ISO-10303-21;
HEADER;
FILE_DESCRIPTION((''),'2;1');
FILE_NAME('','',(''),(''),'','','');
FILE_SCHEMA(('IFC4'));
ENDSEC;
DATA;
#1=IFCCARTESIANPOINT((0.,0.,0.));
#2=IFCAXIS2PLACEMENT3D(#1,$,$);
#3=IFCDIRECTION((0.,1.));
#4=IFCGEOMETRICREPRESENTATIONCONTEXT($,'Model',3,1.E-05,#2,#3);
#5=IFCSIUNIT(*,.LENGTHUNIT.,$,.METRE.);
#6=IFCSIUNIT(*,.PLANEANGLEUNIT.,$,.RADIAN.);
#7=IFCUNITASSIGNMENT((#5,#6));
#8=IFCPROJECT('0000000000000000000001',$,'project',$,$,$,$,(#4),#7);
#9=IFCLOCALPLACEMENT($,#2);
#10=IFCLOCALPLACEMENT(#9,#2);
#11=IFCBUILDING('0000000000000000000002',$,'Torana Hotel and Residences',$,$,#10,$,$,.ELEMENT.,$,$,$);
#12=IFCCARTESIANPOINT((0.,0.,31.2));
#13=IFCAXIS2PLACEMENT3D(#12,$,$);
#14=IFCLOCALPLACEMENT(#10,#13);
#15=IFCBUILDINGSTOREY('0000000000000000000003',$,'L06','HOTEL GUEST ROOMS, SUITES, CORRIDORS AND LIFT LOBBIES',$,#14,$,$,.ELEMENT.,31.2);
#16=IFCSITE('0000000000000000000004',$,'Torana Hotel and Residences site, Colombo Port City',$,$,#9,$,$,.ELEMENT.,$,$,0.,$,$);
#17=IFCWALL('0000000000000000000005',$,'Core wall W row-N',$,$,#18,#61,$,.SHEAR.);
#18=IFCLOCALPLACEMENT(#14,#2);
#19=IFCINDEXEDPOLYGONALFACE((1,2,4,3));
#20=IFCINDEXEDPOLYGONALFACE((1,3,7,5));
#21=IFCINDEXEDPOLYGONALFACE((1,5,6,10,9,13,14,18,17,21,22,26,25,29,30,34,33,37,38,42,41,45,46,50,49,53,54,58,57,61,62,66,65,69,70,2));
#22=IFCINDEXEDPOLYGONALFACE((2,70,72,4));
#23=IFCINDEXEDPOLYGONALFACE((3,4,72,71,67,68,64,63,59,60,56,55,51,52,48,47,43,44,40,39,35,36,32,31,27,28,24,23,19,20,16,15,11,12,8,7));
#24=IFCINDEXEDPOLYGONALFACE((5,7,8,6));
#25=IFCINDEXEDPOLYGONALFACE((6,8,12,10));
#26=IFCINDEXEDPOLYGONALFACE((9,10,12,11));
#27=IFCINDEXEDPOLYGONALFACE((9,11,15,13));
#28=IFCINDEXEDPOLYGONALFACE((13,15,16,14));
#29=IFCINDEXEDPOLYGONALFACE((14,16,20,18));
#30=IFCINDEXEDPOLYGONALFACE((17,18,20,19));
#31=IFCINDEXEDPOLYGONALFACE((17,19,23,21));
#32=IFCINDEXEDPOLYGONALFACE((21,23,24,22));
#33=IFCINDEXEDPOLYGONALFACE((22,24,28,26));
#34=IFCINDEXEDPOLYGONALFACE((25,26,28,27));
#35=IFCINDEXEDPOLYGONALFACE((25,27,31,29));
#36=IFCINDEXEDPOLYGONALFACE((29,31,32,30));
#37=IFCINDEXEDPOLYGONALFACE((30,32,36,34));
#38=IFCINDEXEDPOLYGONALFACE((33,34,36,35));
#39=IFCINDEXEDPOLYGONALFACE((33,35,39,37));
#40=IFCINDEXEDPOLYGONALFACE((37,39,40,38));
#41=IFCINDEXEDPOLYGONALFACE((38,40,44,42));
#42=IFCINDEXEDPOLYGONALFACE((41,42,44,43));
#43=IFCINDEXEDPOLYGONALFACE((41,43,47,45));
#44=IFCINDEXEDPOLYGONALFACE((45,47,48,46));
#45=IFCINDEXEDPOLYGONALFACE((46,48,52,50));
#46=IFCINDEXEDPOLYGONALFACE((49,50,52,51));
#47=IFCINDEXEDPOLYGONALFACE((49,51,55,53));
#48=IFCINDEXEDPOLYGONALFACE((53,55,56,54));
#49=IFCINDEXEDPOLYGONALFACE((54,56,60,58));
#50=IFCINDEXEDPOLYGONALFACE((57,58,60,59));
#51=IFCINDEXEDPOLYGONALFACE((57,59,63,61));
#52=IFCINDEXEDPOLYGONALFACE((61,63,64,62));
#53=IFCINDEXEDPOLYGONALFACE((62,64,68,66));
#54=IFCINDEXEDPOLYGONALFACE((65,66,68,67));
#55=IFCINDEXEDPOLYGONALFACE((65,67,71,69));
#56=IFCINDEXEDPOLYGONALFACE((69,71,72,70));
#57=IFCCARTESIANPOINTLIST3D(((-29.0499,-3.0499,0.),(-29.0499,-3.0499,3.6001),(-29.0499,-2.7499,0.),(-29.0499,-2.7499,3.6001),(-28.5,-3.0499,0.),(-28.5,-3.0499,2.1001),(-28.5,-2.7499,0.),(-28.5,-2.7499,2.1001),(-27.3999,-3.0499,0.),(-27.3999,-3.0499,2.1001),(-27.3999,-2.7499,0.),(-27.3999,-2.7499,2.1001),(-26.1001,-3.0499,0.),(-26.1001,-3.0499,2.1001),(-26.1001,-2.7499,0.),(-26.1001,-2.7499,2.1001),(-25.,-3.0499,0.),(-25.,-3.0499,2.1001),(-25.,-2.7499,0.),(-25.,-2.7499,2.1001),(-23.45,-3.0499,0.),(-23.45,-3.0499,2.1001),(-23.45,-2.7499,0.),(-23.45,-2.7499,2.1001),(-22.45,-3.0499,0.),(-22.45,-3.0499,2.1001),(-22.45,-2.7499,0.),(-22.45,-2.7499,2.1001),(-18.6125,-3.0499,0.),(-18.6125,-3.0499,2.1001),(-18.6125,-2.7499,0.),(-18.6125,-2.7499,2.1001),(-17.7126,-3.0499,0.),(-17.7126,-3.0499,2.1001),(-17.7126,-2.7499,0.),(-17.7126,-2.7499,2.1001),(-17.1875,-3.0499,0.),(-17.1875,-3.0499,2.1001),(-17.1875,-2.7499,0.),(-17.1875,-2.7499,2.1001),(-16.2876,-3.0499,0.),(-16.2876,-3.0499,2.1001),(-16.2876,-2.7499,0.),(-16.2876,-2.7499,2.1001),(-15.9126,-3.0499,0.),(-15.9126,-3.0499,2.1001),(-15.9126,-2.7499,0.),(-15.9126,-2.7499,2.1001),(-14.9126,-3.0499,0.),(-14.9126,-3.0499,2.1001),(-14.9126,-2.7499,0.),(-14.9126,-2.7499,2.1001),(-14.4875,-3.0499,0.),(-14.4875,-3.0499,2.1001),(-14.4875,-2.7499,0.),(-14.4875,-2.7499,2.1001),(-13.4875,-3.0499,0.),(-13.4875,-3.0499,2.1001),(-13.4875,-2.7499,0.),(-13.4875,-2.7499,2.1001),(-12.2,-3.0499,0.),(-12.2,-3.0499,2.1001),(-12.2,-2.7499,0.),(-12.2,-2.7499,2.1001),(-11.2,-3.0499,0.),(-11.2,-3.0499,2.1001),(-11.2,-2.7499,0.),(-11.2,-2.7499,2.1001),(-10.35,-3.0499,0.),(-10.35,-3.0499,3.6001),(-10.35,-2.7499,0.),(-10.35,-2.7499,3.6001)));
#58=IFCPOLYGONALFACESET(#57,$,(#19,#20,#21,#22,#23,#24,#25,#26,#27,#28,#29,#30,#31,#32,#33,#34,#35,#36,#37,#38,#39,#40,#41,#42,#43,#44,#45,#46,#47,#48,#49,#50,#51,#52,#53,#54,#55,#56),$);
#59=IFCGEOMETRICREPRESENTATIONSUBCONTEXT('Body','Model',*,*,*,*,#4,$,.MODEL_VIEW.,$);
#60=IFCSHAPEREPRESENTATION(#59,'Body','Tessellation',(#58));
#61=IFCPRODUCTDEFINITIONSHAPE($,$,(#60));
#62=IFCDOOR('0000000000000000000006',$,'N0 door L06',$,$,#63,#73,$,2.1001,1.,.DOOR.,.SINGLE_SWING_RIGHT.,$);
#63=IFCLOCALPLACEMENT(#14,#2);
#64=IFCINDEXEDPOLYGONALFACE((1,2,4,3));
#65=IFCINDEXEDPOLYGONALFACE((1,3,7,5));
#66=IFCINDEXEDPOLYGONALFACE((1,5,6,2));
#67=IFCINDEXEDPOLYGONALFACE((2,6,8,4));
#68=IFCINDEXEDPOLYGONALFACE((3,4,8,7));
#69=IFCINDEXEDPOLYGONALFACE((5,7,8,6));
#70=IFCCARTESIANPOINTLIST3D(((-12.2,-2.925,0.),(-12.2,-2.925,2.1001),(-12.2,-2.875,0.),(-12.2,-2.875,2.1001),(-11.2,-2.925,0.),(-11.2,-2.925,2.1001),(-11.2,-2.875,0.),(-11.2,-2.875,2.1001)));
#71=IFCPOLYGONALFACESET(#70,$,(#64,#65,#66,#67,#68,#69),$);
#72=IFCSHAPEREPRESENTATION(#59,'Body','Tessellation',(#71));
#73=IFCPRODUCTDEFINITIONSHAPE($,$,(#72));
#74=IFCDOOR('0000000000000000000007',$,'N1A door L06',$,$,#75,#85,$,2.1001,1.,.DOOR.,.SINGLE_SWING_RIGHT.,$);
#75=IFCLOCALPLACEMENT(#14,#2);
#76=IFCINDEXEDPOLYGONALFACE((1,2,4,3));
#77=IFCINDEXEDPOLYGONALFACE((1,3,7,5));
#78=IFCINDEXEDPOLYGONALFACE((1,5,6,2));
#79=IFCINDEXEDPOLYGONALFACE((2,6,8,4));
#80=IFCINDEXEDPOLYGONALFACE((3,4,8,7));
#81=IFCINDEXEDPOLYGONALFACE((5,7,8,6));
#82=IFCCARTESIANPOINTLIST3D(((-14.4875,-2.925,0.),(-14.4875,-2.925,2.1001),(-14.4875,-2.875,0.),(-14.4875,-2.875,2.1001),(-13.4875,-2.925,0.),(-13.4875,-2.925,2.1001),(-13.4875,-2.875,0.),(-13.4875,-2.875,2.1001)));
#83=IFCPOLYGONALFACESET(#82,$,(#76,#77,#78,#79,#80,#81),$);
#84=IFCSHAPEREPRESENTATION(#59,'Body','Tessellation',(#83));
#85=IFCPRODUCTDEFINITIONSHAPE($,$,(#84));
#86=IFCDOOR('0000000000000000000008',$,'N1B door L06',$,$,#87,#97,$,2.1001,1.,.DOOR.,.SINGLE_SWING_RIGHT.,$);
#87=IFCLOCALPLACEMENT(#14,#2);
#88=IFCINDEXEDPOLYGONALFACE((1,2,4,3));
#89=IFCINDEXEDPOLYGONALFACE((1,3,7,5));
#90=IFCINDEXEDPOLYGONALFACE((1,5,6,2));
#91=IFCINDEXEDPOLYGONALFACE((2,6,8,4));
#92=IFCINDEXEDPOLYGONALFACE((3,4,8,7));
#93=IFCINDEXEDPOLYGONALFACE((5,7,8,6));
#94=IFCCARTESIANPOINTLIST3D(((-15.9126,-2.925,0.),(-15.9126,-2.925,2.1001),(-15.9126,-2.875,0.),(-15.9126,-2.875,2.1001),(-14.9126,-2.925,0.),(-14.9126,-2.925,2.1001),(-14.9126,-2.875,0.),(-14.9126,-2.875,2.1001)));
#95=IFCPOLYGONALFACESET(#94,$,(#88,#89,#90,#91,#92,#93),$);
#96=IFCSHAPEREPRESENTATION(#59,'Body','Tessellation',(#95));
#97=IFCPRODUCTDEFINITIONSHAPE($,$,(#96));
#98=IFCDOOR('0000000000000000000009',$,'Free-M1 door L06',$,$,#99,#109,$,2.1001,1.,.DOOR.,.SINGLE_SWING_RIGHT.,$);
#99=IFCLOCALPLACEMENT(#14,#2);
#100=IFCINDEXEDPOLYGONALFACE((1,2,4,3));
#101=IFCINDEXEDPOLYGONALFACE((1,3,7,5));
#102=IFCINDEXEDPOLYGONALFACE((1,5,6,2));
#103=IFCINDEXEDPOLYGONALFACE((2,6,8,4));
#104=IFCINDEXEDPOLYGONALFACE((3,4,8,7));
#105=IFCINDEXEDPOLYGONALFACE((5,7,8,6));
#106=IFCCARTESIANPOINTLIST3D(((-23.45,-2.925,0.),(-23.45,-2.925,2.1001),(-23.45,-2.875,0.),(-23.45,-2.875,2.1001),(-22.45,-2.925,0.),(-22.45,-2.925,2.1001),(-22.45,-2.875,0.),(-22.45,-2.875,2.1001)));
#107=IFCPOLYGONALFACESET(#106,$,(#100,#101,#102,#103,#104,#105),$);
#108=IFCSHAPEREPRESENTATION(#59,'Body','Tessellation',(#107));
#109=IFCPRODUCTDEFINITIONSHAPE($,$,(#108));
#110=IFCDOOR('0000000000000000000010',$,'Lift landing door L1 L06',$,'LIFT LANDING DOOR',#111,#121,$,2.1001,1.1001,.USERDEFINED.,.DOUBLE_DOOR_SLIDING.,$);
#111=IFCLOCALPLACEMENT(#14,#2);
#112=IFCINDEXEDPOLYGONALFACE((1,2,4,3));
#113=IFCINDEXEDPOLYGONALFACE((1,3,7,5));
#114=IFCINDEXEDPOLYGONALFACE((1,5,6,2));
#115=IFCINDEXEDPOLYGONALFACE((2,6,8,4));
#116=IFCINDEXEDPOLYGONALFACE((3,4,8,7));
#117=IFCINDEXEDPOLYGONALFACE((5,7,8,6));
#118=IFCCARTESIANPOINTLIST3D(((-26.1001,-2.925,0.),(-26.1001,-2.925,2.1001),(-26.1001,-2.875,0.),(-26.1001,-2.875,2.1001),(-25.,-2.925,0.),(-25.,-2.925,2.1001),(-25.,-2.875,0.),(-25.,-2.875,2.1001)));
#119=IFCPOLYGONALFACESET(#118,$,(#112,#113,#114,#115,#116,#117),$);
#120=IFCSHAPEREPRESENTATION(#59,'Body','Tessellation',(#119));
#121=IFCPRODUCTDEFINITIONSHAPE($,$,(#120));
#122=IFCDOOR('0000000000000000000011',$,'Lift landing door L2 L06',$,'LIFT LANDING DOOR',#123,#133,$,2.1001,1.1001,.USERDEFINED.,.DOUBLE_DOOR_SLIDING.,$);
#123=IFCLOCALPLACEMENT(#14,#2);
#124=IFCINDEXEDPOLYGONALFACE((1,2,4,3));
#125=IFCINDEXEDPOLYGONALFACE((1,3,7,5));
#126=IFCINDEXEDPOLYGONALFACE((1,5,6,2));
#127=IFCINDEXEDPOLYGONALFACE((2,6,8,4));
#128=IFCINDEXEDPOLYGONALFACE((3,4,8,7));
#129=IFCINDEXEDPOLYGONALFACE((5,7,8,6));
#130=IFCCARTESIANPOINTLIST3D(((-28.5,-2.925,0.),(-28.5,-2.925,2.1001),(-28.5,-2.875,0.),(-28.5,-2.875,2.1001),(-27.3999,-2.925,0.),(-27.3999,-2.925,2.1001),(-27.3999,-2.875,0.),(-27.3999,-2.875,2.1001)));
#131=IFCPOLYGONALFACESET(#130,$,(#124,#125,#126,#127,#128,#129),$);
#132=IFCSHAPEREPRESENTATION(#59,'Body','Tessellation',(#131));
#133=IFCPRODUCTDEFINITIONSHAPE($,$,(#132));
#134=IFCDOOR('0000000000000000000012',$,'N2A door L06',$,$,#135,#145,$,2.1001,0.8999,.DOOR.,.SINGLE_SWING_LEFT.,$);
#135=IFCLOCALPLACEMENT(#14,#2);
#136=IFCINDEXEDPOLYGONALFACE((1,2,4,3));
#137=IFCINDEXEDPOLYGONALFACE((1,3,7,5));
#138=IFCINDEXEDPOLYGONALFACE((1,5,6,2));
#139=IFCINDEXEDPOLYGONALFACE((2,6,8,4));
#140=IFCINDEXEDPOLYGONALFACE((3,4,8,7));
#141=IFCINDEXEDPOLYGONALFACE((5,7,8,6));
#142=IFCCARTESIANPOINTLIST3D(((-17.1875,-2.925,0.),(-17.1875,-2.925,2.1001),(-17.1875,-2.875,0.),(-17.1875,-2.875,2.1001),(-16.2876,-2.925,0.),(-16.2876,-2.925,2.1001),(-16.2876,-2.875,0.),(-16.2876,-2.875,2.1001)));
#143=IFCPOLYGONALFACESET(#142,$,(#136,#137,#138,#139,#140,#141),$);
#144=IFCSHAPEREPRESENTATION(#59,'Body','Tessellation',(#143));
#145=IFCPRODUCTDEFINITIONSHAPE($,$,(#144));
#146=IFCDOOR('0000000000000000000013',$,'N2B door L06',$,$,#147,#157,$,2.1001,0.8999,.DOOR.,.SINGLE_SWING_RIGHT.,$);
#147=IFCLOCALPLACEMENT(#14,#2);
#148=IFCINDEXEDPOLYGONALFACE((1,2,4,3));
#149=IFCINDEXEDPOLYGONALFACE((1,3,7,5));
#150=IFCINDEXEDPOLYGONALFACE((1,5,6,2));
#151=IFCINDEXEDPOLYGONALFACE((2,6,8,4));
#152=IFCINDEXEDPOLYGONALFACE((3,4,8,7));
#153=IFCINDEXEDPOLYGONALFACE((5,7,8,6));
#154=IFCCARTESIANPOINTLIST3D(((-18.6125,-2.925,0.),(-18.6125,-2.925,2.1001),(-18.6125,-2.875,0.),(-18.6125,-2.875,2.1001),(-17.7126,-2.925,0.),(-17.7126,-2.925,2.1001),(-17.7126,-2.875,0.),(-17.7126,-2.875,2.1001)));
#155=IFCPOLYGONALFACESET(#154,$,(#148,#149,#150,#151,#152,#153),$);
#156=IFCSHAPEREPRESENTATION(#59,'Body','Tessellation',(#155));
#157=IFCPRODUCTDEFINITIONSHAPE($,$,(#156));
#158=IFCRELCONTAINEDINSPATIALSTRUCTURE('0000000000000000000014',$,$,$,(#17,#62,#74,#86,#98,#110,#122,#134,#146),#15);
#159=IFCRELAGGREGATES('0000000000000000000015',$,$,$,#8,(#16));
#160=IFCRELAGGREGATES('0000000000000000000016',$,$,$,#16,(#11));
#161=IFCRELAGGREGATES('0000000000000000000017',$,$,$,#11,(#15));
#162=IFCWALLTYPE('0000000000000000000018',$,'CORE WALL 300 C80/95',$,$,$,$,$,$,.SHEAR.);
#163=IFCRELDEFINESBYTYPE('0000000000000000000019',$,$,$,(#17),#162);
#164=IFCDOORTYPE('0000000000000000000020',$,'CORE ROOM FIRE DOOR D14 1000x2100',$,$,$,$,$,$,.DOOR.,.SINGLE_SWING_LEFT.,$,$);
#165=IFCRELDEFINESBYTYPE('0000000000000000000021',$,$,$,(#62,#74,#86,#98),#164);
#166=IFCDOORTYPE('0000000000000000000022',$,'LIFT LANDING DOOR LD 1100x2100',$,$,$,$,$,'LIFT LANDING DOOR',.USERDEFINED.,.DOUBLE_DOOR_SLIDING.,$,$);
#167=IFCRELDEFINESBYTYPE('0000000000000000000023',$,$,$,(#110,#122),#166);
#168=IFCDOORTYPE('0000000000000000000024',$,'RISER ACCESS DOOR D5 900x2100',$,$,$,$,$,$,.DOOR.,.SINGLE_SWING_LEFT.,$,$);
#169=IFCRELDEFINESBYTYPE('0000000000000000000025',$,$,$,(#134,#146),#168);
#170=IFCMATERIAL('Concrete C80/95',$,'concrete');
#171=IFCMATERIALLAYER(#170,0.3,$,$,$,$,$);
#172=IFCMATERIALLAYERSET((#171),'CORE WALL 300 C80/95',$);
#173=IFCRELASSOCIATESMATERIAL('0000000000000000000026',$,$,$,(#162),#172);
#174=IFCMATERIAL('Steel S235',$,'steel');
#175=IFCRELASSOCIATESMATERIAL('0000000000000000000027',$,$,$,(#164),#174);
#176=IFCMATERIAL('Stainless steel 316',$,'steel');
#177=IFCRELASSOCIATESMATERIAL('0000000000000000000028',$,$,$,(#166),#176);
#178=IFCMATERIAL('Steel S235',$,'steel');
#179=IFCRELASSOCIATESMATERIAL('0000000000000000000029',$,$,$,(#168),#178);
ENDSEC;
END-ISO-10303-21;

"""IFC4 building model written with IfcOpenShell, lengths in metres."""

from ifc_helpers import new_model, si_unit, direction, frame, frame_2d, origin, place, context, subcontext, project, spatial, rectangle, extrude, material, layer, layer_set, type_object, element, fill, save


model = new_model("IFC4")

# Units and contexts
model_context = context("Model", 3, precision=1e-05, world=origin(), true_north=direction((0.0, 1.0)))
body_context = subcontext(model_context, "Body", "Model", "MODEL_VIEW")
ifc_project = project(units=[si_unit("LENGTHUNIT", "METRE"), si_unit("PLANEANGLEUNIT", "RADIAN")], contexts=[model_context])

# Site, building, storey
site_placement = place(None, origin())
site = spatial("IfcSite", under=ifc_project, at=site_placement, Name="Torana Hotel and Residences site, Colombo Port City", CompositionType="ELEMENT", RefElevation=0.0)
building_placement = place(site_placement, origin())
building = spatial("IfcBuilding", under=site, at=building_placement, Name="Torana Hotel and Residences", CompositionType="ELEMENT")
storey_placement = place(building_placement, frame((0.0, 0.0, 31.2)))
storey = spatial("IfcBuildingStorey", under=building, at=storey_placement, Name="L06", Description="HOTEL GUEST ROOMS, SUITES, CORRIDORS AND LIFT LOBBIES", CompositionType="ELEMENT", Elevation=31.2)

# Wall, openings, doors
ifc_material_1 = material(Name="Concrete C80/95", Category="concrete")
ifc_layer_1 = layer(ifc_material_1, 0.3)
ifc_layer_set_1 = layer_set([ifc_layer_1], Name="CORE WALL 300 C80/95")
wall_type_1 = type_object("IfcWallType", Name="CORE WALL 300 C80/95", PredefinedType="SHEAR", material=ifc_layer_set_1)
wall_1_placement = place(storey_placement, frame((-29.05, -2.8999, 0.0), z_axis=(0.0, 0.0, 1.0), x_axis=(1.0, 0.0, 0.0)))
wall_1 = element("IfcWall", 1, at=wall_1_placement, inside=storey, type_object=wall_type_1, Name="Core wall W row-N", PredefinedType="SHEAR", context=body_context, shape_type="SweptSolid", body=[
    extrude(rectangle(XDim=18.7, YDim=0.3, at=frame_2d((9.3501, 0.0))), origin(), (0.0, 0.0, 1.0), 3.6001),
])
opening_1_placement = place(wall_1_placement, frame((2.95, 0.0, 0.0)))
opening_1 = element("IfcOpeningElement", 2, at=opening_1_placement, cuts=wall_1, PredefinedType="OPENING", context=body_context, shape_type="SweptSolid", body=[
    extrude(rectangle(XDim=1.1001, YDim=2.1001, at=frame_2d((0.55, 1.05))), frame((0.0, 0.1599, 0.0), z_axis=(0.0, -1.0, 0.0), x_axis=(1.0, 0.0, 0.0)), (0.0, 0.0, 1.0), 0.3201),
])
opening_2_placement = place(wall_1_placement, frame((0.55, 0.0, 0.0)))
opening_2 = element("IfcOpeningElement", 3, at=opening_2_placement, cuts=wall_1, PredefinedType="OPENING", context=body_context, shape_type="SweptSolid", body=[
    extrude(rectangle(XDim=1.1001, YDim=2.1001, at=frame_2d((0.55, 1.05))), frame((0.0, 0.1599, 0.0), z_axis=(0.0, -1.0, 0.0), x_axis=(1.0, 0.0, 0.0)), (0.0, 0.0, 1.0), 0.3201),
])
opening_3_placement = place(wall_1_placement, frame((11.8625, 0.0, 0.0)))
opening_3 = element("IfcOpeningElement", 4, at=opening_3_placement, cuts=wall_1, PredefinedType="OPENING", context=body_context, shape_type="SweptSolid", body=[
    extrude(rectangle(XDim=0.8999, YDim=2.1001, at=frame_2d((0.45, 1.05))), frame((0.0, 0.1599, 0.0), z_axis=(0.0, -1.0, 0.0), x_axis=(1.0, 0.0, 0.0)), (0.0, 0.0, 1.0), 0.3201),
])
opening_4_placement = place(wall_1_placement, frame((10.4375, 0.0, 0.0)))
opening_4 = element("IfcOpeningElement", 5, at=opening_4_placement, cuts=wall_1, PredefinedType="OPENING", context=body_context, shape_type="SweptSolid", body=[
    extrude(rectangle(XDim=0.8999, YDim=2.1001, at=frame_2d((0.45, 1.05))), frame((0.0, 0.1599, 0.0), z_axis=(0.0, -1.0, 0.0), x_axis=(1.0, 0.0, 0.0)), (0.0, 0.0, 1.0), 0.3201),
])
opening_5_placement = place(wall_1_placement, frame((16.8501, 0.0, 0.0)))
opening_5 = element("IfcOpeningElement", 6, at=opening_5_placement, cuts=wall_1, PredefinedType="OPENING", context=body_context, shape_type="SweptSolid", body=[
    extrude(rectangle(XDim=1.0, YDim=2.1001, at=frame_2d((0.5, 1.05))), frame((0.0, 0.1599, 0.0), z_axis=(0.0, -1.0, 0.0), x_axis=(1.0, 0.0, 0.0)), (0.0, 0.0, 1.0), 0.3201),
])
opening_6_placement = place(wall_1_placement, frame((14.5625, 0.0, 0.0)))
opening_6 = element("IfcOpeningElement", 7, at=opening_6_placement, cuts=wall_1, PredefinedType="OPENING", context=body_context, shape_type="SweptSolid", body=[
    extrude(rectangle(XDim=1.0, YDim=2.1001, at=frame_2d((0.5, 1.05))), frame((0.0, 0.1599, 0.0), z_axis=(0.0, -1.0, 0.0), x_axis=(1.0, 0.0, 0.0)), (0.0, 0.0, 1.0), 0.3201),
])
opening_7_placement = place(wall_1_placement, frame((13.1375, 0.0, 0.0)))
opening_7 = element("IfcOpeningElement", 8, at=opening_7_placement, cuts=wall_1, PredefinedType="OPENING", context=body_context, shape_type="SweptSolid", body=[
    extrude(rectangle(XDim=1.0, YDim=2.1001, at=frame_2d((0.5, 1.05))), frame((0.0, 0.1599, 0.0), z_axis=(0.0, -1.0, 0.0), x_axis=(1.0, 0.0, 0.0)), (0.0, 0.0, 1.0), 0.3201),
])
opening_8_placement = place(wall_1_placement, frame((5.6001, 0.0, 0.0)))
opening_8 = element("IfcOpeningElement", 9, at=opening_8_placement, cuts=wall_1, PredefinedType="OPENING", context=body_context, shape_type="SweptSolid", body=[
    extrude(rectangle(XDim=1.0, YDim=2.1001, at=frame_2d((0.5, 1.05))), frame((0.0, 0.1599, 0.0), z_axis=(0.0, -1.0, 0.0), x_axis=(1.0, 0.0, 0.0)), (0.0, 0.0, 1.0), 0.3201),
])
ifc_material_2 = material(Name="Steel S235", Category="steel")
door_type_1 = type_object("IfcDoorType", Name="CORE ROOM FIRE DOOR D14 1000x2100", OperationType="SINGLE_SWING_LEFT", PredefinedType="DOOR", material=ifc_material_2)
door_1_placement = place(opening_5_placement, origin())
door_1 = element("IfcDoor", 10, at=door_1_placement, inside=storey, type_object=door_type_1, Name="N0 door L06", OperationType="SINGLE_SWING_RIGHT", OverallHeight=2.1001, OverallWidth=1.0, PredefinedType="DOOR", context=body_context, shape_type="SweptSolid", body=[
    extrude(rectangle(XDim=1.0, YDim=2.1001, at=frame_2d((0.5, 1.05))), frame((0.0, 0.0249, 0.0), z_axis=(0.0, -1.0, 0.0), x_axis=(1.0, 0.0, 0.0)), (0.0, 0.0, 1.0), 0.05),
])
fill(opening_5, door_1)
door_2_placement = place(opening_6_placement, origin())
door_2 = element("IfcDoor", 11, at=door_2_placement, inside=storey, type_object=door_type_1, Name="N1A door L06", OperationType="SINGLE_SWING_RIGHT", OverallHeight=2.1001, OverallWidth=1.0, PredefinedType="DOOR", context=body_context, shape_type="SweptSolid", body=[
    extrude(rectangle(XDim=1.0, YDim=2.1001, at=frame_2d((0.5, 1.05))), frame((0.0, 0.0249, 0.0), z_axis=(0.0, -1.0, 0.0), x_axis=(1.0, 0.0, 0.0)), (0.0, 0.0, 1.0), 0.05),
])
fill(opening_6, door_2)
door_3_placement = place(opening_7_placement, origin())
door_3 = element("IfcDoor", 12, at=door_3_placement, inside=storey, type_object=door_type_1, Name="N1B door L06", OperationType="SINGLE_SWING_RIGHT", OverallHeight=2.1001, OverallWidth=1.0, PredefinedType="DOOR", context=body_context, shape_type="SweptSolid", body=[
    extrude(rectangle(XDim=1.0, YDim=2.1001, at=frame_2d((0.5, 1.05))), frame((0.0, 0.0249, 0.0), z_axis=(0.0, -1.0, 0.0), x_axis=(1.0, 0.0, 0.0)), (0.0, 0.0, 1.0), 0.05),
])
fill(opening_7, door_3)
door_4_placement = place(opening_8_placement, origin())
door_4 = element("IfcDoor", 13, at=door_4_placement, inside=storey, type_object=door_type_1, Name="Free-M1 door L06", OperationType="SINGLE_SWING_RIGHT", OverallHeight=2.1001, OverallWidth=1.0, PredefinedType="DOOR", context=body_context, shape_type="SweptSolid", body=[
    extrude(rectangle(XDim=1.0, YDim=2.1001, at=frame_2d((0.5, 1.05))), frame((0.0, 0.0249, 0.0), z_axis=(0.0, -1.0, 0.0), x_axis=(1.0, 0.0, 0.0)), (0.0, 0.0, 1.0), 0.05),
])
fill(opening_8, door_4)
ifc_material_3 = material(Name="Stainless steel 316", Category="steel")
door_type_2 = type_object("IfcDoorType", Name="LIFT LANDING DOOR LD 1100x2100", ElementType="LIFT LANDING DOOR", OperationType="DOUBLE_DOOR_SLIDING", PredefinedType="USERDEFINED", material=ifc_material_3)
door_5_placement = place(opening_1_placement, origin())
door_5 = element("IfcDoor", 14, at=door_5_placement, inside=storey, type_object=door_type_2, Name="Lift landing door L1 L06", ObjectType="LIFT LANDING DOOR", OperationType="DOUBLE_DOOR_SLIDING", OverallHeight=2.1001, OverallWidth=1.1001, PredefinedType="USERDEFINED", context=body_context, shape_type="SweptSolid", body=[
    extrude(rectangle(XDim=1.1001, YDim=2.1001, at=frame_2d((0.55, 1.05))), frame((0.0, 0.0249, 0.0), z_axis=(0.0, -1.0, 0.0), x_axis=(1.0, 0.0, 0.0)), (0.0, 0.0, 1.0), 0.05),
])
fill(opening_1, door_5)
door_6_placement = place(opening_2_placement, origin())
door_6 = element("IfcDoor", 15, at=door_6_placement, inside=storey, type_object=door_type_2, Name="Lift landing door L2 L06", ObjectType="LIFT LANDING DOOR", OperationType="DOUBLE_DOOR_SLIDING", OverallHeight=2.1001, OverallWidth=1.1001, PredefinedType="USERDEFINED", context=body_context, shape_type="SweptSolid", body=[
    extrude(rectangle(XDim=1.1001, YDim=2.1001, at=frame_2d((0.55, 1.05))), frame((0.0, 0.0249, 0.0), z_axis=(0.0, -1.0, 0.0), x_axis=(1.0, 0.0, 0.0)), (0.0, 0.0, 1.0), 0.05),
])
fill(opening_2, door_6)
ifc_material_4 = material(Name="Steel S235", Category="steel")
door_type_3 = type_object("IfcDoorType", Name="RISER ACCESS DOOR D5 900x2100", OperationType="SINGLE_SWING_LEFT", PredefinedType="DOOR", material=ifc_material_4)
door_7_placement = place(opening_3_placement, origin())
door_7 = element("IfcDoor", 16, at=door_7_placement, inside=storey, type_object=door_type_3, Name="N2A door L06", OperationType="SINGLE_SWING_LEFT", OverallHeight=2.1001, OverallWidth=0.8999, PredefinedType="DOOR", context=body_context, shape_type="SweptSolid", body=[
    extrude(rectangle(XDim=0.8999, YDim=2.1001, at=frame_2d((0.45, 1.05))), frame((0.0, 0.0249, 0.0), z_axis=(0.0, -1.0, 0.0), x_axis=(1.0, 0.0, 0.0)), (0.0, 0.0, 1.0), 0.05),
])
fill(opening_3, door_7)
door_8_placement = place(opening_4_placement, origin())
door_8 = element("IfcDoor", 17, at=door_8_placement, inside=storey, type_object=door_type_3, Name="N2B door L06", OperationType="SINGLE_SWING_RIGHT", OverallHeight=2.1001, OverallWidth=0.8999, PredefinedType="DOOR", context=body_context, shape_type="SweptSolid", body=[
    extrude(rectangle(XDim=0.8999, YDim=2.1001, at=frame_2d((0.45, 1.05))), frame((0.0, 0.0249, 0.0), z_axis=(0.0, -1.0, 0.0), x_axis=(1.0, 0.0, 0.0)), (0.0, 0.0, 1.0), 0.05),
])
fill(opening_4, door_8)

save(model, "model.ifc")
